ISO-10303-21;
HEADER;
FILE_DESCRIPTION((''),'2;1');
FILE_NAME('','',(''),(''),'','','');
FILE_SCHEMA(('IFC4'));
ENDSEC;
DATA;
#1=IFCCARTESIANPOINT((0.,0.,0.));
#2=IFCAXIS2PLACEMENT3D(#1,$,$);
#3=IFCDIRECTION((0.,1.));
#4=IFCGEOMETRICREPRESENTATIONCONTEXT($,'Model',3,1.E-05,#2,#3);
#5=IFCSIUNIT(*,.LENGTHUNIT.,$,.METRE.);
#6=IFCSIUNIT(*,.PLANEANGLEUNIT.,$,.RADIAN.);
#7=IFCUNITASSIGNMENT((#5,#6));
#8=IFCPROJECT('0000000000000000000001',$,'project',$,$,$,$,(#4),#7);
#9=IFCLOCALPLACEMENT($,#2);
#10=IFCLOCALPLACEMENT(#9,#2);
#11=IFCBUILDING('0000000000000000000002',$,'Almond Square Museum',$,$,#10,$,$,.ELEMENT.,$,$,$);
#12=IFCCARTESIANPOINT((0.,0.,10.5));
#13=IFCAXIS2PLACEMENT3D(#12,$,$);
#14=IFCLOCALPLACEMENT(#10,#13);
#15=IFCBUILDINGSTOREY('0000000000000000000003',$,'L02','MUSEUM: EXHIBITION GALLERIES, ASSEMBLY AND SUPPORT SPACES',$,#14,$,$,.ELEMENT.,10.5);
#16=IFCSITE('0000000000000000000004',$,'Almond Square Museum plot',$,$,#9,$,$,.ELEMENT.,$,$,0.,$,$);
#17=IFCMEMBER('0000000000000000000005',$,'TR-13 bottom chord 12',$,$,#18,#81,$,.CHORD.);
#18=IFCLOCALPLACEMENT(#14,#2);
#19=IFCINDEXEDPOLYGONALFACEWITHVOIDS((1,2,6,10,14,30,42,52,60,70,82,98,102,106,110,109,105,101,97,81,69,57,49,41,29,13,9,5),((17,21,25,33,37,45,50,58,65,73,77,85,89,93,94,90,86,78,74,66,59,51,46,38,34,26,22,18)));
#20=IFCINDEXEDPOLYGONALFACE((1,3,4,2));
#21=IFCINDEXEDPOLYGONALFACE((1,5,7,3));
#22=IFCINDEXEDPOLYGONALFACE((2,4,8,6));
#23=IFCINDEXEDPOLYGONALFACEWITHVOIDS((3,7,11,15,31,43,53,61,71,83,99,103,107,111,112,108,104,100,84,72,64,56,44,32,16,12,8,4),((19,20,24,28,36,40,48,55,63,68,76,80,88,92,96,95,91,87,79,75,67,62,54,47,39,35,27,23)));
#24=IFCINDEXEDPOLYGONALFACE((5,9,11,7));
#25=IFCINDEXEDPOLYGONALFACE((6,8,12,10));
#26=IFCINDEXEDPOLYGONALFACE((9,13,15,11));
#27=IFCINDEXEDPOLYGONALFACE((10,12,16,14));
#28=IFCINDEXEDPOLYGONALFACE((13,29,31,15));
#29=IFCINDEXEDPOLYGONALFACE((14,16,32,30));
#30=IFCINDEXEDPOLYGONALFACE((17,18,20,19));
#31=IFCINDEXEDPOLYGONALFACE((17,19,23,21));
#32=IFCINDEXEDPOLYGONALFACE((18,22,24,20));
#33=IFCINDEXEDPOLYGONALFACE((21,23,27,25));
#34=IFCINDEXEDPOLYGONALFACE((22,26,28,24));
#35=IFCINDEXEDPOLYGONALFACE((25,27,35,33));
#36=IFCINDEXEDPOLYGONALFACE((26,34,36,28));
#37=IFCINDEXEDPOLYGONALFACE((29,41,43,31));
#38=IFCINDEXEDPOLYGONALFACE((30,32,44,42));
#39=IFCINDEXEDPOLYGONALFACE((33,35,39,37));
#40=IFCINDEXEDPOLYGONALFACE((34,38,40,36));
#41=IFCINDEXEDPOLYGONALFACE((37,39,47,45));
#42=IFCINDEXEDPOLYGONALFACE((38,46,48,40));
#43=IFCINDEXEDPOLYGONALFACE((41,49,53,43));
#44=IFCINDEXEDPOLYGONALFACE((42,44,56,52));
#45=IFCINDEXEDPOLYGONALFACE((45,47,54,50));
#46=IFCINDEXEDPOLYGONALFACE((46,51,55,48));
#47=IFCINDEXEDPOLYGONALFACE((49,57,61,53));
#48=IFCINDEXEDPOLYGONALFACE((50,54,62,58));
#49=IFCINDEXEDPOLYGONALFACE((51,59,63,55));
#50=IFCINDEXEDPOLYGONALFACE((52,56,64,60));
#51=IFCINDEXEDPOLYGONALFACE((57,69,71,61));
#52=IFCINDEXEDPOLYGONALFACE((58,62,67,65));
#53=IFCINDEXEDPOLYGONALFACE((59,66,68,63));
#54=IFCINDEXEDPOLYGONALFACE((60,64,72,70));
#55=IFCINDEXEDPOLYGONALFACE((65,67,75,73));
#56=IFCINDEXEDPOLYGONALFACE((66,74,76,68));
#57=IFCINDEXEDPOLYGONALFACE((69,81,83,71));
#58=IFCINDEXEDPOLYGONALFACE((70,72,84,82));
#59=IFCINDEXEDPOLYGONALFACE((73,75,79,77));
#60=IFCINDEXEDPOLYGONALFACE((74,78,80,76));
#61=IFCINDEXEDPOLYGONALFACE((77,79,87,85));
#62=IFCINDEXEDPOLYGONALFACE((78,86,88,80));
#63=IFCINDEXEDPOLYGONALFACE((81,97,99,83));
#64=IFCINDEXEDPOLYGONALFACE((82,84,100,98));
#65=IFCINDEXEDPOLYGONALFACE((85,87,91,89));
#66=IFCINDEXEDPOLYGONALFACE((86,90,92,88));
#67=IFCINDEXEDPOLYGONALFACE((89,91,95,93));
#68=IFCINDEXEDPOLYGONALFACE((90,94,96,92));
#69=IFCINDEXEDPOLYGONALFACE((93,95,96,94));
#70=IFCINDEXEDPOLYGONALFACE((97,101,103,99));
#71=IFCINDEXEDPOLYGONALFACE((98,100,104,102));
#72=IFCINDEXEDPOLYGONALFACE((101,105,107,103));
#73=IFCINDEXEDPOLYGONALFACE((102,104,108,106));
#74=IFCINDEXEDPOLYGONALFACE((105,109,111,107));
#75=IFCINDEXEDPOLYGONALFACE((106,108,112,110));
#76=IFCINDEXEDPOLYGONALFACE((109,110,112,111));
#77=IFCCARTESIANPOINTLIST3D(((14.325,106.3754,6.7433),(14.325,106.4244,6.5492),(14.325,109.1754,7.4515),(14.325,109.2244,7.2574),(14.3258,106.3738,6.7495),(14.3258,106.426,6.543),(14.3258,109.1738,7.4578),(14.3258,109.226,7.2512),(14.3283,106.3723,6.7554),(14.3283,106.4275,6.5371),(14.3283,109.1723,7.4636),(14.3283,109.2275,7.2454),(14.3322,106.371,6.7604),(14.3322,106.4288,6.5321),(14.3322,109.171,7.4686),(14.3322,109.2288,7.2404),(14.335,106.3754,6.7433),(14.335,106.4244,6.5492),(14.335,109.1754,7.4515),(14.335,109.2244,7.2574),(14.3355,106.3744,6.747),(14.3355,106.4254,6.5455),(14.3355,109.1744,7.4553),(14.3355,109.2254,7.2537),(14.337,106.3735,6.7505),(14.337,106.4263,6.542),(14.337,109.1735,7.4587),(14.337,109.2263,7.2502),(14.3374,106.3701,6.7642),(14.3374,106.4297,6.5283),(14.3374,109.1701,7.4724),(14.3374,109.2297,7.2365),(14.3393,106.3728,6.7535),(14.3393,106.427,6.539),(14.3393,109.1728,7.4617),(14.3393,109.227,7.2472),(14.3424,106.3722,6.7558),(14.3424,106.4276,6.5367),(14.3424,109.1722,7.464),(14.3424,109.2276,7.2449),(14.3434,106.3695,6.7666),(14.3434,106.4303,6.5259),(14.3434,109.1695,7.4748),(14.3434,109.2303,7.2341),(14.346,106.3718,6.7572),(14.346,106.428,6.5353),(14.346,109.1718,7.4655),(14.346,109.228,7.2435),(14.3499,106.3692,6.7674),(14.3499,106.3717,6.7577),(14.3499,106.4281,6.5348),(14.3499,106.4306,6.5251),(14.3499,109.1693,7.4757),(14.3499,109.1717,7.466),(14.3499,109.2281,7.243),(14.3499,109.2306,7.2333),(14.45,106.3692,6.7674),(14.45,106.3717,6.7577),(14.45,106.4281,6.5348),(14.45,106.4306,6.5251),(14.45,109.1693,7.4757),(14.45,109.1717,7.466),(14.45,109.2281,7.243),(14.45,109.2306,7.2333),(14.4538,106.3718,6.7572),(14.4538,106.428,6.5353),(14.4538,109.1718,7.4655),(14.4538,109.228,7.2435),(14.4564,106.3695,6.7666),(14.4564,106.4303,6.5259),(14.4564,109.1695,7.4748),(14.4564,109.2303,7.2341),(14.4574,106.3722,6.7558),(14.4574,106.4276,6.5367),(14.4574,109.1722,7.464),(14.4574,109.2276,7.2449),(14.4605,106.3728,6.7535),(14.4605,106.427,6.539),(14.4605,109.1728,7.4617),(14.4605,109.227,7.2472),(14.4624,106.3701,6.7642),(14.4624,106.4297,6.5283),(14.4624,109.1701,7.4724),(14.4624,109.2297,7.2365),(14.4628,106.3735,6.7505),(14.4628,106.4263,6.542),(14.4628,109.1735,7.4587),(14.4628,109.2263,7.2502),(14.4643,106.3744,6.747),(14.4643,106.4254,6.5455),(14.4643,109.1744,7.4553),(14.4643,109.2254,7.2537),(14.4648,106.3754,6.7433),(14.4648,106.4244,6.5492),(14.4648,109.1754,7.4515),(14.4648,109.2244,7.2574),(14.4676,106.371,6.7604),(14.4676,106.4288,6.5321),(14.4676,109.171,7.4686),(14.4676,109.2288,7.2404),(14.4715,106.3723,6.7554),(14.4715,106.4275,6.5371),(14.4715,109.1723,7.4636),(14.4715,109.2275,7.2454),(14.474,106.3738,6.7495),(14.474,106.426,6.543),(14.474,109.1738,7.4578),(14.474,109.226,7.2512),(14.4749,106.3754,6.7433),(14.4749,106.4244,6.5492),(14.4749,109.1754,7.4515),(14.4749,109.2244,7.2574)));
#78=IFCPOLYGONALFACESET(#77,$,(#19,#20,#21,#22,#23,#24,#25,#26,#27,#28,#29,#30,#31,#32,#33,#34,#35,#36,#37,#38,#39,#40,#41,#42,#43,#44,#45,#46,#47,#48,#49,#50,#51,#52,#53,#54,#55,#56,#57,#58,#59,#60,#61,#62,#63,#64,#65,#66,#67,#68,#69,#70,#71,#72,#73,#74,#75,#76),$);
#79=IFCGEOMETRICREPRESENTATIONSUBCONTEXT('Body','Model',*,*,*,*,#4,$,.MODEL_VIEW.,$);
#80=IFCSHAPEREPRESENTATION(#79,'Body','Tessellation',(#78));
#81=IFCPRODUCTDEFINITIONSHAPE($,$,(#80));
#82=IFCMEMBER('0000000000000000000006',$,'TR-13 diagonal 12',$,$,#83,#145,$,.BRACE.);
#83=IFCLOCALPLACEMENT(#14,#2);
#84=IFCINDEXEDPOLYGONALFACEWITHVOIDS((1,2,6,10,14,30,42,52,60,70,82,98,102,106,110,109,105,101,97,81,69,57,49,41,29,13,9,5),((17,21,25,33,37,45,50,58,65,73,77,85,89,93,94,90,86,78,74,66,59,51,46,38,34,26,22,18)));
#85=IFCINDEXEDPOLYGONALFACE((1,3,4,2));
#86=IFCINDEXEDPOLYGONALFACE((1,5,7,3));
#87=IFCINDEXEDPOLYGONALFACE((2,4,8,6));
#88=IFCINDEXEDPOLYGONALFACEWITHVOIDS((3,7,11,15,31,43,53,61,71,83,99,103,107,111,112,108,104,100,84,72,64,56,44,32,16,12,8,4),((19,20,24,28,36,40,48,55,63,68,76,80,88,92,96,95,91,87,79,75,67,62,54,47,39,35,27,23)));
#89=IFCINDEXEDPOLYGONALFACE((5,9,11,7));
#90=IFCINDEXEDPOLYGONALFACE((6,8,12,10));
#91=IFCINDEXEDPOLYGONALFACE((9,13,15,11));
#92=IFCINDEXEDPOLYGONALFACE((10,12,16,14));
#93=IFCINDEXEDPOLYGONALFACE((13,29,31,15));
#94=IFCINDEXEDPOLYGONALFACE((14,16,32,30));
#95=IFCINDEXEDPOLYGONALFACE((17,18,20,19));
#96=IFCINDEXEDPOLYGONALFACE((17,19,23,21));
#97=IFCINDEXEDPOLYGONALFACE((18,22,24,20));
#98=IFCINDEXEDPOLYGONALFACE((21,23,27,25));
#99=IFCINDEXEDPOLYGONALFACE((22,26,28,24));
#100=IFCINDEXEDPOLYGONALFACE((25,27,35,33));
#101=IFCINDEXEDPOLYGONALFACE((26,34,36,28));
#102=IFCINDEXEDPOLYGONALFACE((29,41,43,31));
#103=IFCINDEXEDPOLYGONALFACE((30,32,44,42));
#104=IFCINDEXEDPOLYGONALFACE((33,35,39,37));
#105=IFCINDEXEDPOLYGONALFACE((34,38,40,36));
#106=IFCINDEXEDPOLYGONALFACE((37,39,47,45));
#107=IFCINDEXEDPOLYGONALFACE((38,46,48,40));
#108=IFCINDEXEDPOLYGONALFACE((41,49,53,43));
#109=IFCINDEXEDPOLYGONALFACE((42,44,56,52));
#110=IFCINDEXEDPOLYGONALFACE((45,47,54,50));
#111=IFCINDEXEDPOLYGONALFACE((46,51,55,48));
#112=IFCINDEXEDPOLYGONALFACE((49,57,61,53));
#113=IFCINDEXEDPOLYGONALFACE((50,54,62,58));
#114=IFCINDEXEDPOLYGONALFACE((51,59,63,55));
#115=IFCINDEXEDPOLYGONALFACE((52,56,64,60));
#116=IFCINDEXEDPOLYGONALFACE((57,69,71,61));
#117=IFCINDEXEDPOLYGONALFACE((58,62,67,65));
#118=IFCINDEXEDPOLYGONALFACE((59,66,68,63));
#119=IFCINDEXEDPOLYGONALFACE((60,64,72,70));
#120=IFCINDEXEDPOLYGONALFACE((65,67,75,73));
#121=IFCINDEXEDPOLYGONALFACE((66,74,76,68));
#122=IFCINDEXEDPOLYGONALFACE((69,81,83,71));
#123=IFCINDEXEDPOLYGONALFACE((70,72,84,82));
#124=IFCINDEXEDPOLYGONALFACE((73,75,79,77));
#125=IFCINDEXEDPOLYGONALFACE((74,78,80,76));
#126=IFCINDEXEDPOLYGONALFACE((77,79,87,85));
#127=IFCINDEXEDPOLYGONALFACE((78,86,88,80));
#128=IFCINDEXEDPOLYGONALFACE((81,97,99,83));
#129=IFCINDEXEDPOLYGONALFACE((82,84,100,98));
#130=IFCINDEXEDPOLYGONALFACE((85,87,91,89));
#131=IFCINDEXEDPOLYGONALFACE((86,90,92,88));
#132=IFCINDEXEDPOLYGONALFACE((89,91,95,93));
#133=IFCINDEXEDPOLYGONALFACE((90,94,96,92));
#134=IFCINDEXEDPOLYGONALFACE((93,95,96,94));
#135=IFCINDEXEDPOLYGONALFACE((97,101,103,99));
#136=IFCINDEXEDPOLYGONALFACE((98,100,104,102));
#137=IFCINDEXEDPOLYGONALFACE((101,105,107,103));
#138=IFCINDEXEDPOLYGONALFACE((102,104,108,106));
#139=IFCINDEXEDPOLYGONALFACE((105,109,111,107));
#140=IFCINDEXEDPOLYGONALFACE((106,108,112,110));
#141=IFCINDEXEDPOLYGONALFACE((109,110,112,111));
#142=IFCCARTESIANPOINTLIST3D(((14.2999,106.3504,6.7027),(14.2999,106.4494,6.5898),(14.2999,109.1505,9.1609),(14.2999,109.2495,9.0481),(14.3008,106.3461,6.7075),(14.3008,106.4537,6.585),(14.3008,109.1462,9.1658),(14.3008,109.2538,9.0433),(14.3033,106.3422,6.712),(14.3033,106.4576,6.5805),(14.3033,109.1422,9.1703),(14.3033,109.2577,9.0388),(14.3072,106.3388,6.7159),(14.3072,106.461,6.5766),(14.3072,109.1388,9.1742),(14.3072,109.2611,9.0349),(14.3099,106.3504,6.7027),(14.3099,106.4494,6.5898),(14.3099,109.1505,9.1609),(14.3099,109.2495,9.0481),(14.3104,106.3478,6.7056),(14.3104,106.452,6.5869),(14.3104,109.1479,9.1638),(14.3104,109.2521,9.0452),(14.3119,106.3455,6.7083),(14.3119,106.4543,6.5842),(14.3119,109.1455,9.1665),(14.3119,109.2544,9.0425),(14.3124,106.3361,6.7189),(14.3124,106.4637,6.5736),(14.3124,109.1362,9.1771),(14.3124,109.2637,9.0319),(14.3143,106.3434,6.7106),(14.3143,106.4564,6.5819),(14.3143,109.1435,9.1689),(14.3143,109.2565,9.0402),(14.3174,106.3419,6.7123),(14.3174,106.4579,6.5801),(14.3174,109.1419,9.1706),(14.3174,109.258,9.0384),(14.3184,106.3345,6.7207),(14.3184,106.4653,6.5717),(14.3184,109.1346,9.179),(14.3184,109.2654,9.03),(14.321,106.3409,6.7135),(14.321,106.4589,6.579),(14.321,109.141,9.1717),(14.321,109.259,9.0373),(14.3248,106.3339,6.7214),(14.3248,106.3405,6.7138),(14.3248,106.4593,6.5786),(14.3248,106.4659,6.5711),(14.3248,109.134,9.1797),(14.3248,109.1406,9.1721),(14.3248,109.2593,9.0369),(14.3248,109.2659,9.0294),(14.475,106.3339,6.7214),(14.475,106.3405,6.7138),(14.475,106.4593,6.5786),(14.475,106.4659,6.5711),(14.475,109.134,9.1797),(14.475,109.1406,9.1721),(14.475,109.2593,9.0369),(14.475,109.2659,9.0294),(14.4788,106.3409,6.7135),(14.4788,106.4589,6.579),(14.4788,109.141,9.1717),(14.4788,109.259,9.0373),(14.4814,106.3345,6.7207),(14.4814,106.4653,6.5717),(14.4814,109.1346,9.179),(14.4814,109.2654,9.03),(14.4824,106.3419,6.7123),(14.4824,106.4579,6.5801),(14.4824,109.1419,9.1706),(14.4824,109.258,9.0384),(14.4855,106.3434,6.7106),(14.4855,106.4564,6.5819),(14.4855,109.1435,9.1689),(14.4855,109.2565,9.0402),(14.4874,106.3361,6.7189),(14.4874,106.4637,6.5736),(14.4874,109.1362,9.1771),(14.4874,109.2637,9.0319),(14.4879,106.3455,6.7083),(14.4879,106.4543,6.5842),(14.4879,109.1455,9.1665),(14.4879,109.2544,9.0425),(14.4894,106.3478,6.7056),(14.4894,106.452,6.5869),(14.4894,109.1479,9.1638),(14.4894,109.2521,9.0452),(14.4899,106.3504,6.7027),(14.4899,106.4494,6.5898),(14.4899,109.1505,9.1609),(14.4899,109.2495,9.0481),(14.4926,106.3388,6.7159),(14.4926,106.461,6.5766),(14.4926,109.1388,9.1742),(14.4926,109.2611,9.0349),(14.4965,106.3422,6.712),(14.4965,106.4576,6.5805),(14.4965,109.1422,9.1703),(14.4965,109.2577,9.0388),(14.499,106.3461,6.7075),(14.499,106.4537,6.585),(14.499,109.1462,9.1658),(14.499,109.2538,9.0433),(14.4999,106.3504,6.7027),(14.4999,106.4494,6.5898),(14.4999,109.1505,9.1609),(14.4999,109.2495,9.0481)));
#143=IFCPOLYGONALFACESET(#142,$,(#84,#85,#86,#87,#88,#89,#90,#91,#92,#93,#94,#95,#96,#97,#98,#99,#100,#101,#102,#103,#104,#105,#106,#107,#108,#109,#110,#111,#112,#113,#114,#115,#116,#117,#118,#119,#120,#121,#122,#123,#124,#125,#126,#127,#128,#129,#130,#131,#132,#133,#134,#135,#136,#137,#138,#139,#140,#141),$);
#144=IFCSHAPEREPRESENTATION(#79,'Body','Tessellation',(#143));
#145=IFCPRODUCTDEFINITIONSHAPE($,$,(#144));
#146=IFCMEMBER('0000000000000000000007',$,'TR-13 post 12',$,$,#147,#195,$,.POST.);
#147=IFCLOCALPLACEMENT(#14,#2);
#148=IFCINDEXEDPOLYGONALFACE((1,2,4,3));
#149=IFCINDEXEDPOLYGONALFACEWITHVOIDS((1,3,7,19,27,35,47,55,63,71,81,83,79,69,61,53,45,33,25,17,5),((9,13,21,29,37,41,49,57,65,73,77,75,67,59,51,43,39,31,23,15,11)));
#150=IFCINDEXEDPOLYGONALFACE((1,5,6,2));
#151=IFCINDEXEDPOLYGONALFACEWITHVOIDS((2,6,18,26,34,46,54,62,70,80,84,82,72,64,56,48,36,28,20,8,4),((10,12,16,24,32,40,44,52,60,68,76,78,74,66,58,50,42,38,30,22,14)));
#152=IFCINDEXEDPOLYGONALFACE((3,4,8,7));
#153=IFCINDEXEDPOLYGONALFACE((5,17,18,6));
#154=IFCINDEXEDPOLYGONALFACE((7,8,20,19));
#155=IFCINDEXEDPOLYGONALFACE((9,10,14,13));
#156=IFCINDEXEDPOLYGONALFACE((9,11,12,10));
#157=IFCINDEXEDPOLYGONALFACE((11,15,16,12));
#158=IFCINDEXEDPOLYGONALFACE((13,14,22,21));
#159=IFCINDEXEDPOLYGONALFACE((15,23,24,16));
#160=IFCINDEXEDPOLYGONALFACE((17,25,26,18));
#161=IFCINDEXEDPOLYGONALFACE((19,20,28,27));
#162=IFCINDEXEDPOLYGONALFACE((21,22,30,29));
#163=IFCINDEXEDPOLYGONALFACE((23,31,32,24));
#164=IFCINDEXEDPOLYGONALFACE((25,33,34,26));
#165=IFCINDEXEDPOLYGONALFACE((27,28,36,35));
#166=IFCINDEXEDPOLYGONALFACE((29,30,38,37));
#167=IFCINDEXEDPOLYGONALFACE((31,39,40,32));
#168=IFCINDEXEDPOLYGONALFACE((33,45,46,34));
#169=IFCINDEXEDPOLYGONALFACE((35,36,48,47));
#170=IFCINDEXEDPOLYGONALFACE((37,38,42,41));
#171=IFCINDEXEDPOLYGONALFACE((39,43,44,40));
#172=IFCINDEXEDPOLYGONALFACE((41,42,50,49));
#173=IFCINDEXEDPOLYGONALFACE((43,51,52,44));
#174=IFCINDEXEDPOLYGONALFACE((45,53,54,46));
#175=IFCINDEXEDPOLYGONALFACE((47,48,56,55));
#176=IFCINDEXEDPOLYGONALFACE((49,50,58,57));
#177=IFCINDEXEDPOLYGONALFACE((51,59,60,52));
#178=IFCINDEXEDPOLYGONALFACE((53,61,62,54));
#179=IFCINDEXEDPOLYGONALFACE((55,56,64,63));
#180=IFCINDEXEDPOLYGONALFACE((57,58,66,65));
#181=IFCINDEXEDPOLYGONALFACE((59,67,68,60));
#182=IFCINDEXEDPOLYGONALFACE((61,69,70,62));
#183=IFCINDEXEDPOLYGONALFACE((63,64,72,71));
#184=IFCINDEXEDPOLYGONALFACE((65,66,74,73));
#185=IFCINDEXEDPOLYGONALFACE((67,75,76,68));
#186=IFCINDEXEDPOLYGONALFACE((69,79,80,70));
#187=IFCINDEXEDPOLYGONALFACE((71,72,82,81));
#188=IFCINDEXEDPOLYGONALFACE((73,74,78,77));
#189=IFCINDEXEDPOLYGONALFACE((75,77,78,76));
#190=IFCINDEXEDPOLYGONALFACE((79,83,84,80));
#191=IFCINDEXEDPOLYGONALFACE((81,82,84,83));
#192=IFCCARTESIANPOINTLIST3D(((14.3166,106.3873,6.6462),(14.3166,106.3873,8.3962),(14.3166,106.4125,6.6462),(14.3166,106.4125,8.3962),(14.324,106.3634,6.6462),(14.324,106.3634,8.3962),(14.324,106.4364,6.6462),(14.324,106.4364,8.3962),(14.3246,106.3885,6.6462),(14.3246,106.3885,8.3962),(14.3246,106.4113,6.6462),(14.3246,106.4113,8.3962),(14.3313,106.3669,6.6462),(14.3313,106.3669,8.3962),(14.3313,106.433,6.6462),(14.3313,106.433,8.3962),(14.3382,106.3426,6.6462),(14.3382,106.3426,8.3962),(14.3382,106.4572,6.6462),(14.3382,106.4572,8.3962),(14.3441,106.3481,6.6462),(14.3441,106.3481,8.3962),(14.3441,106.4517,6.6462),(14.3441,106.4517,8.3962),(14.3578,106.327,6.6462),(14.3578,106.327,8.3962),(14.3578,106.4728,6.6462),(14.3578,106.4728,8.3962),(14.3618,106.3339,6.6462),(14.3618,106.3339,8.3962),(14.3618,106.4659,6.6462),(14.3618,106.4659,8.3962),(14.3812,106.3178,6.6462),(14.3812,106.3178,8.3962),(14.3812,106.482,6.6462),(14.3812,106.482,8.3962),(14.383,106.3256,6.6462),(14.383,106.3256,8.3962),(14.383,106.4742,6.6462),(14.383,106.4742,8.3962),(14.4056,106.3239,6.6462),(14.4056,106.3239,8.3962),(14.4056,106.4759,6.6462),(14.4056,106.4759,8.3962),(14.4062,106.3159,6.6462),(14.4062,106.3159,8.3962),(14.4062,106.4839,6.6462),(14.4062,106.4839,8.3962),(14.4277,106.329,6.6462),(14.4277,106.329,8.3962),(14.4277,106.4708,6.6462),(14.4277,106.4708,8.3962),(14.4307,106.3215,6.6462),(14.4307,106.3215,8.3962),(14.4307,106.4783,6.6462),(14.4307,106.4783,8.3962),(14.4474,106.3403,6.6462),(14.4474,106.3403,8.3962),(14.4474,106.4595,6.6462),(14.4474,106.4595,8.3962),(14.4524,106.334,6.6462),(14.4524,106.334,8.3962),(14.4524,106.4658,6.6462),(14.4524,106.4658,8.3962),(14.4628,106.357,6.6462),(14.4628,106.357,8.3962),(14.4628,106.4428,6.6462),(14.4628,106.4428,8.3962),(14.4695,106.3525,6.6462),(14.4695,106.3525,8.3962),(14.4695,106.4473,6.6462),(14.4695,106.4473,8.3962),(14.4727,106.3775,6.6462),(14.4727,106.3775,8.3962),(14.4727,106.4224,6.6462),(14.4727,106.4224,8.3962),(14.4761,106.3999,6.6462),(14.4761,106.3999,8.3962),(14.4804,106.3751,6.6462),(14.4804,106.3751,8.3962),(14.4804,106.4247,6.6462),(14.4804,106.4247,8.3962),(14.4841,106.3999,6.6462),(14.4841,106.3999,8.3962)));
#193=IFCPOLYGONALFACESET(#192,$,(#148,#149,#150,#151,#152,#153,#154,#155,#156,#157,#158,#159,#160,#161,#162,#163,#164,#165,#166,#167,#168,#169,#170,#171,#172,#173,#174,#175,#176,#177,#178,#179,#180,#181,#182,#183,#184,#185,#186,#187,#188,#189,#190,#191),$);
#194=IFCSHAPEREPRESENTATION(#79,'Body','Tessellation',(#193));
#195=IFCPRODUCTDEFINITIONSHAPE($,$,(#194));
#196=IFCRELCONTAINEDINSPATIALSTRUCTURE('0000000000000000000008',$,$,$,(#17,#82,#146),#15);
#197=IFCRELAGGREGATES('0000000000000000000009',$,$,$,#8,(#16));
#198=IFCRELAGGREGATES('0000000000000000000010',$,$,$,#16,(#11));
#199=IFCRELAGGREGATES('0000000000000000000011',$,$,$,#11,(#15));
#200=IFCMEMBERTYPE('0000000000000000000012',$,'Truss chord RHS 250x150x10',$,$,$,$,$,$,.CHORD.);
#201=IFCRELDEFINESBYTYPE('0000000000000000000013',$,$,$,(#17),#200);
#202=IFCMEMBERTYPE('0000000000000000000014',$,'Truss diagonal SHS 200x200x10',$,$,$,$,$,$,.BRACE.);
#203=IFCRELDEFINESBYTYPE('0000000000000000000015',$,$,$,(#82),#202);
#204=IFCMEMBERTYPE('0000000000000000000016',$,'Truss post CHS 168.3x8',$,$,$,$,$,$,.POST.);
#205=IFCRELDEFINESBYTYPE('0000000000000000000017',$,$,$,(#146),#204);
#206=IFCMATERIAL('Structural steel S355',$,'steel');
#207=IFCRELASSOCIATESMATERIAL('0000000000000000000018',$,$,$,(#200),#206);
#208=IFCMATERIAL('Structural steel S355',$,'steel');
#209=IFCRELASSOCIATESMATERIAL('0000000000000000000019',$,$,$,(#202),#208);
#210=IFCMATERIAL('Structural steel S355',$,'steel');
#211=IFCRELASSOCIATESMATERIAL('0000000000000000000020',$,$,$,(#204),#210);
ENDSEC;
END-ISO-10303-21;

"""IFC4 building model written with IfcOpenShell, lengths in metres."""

from ifc_helpers import new_model, si_unit, direction, frame, origin, origin_2d, place, context, subcontext, project, spatial, hollow_rectangle, hollow_circle, extrude, material, material_profile, profile_set, type_object, element, save


model = new_model("IFC4")

# Units and contexts
model_context = context("Model", 3, precision=1e-05, world=origin(), true_north=direction((0.0, 1.0)))
body_context = subcontext(model_context, "Body", "Model", "MODEL_VIEW")
ifc_project = project(units=[si_unit("LENGTHUNIT", "METRE"), si_unit("PLANEANGLEUNIT", "RADIAN")], contexts=[model_context])

# Site, building, storey
site_placement = place(None, origin())
site = spatial("IfcSite", under=ifc_project, at=site_placement, Name="Almond Square Museum plot", CompositionType="ELEMENT", RefElevation=0.0)
building_placement = place(site_placement, origin())
building = spatial("IfcBuilding", under=site, at=building_placement, Name="Almond Square Museum", CompositionType="ELEMENT")
storey_placement = place(building_placement, frame((0.0, 0.0, 10.5)))
storey = spatial("IfcBuildingStorey", under=building, at=storey_placement, Name="L02", Description="MUSEUM: EXHIBITION GALLERIES, ASSEMBLY AND SUPPORT SPACES", CompositionType="ELEMENT", Elevation=10.5)

# Members
ifc_material_1 = material(Name="Structural steel S355", Category="steel")
ifc_material_profile_1 = material_profile(ifc_material_1, hollow_rectangle(XDim=0.1499, YDim=0.25, WallThickness=0.01, InnerFilletRadius=0.0149, OuterFilletRadius=0.0249, at=origin_2d()))
ifc_profile_set_1 = profile_set([ifc_material_profile_1], Name="Structural steel S355")
member_type_1 = type_object("IfcMemberType", Name="Truss chord RHS 250x150x10", PredefinedType="CHORD", material=ifc_profile_set_1)
member_1_placement = place(storey_placement, frame((14.3999, 106.3999, 6.6462), z_axis=(0.0, 0.969468, 0.24522), x_axis=(-1.0, 0.0, 0.0)))
element("IfcMember", 1, at=member_1_placement, inside=storey, type_object=member_type_1, Name="TR-13 bottom chord 12", PredefinedType="CHORD", context=body_context, shape_type="SweptSolid", body=[
    extrude(hollow_rectangle(XDim=0.1499, YDim=0.25, WallThickness=0.01, InnerFilletRadius=0.0149, OuterFilletRadius=0.0249, at=origin_2d()), origin(), (0.0, 0.0, 1.0), 2.8882),
])
ifc_material_2 = material(Name="Structural steel S355", Category="steel")
ifc_material_profile_2 = material_profile(ifc_material_2, hollow_rectangle(XDim=0.2, YDim=0.2, WallThickness=0.01, InnerFilletRadius=0.0149, OuterFilletRadius=0.0249, at=origin_2d()))
ifc_profile_set_2 = profile_set([ifc_material_profile_2], Name="Structural steel S355")
member_type_2 = type_object("IfcMemberType", Name="Truss diagonal SHS 200x200x10", PredefinedType="BRACE", material=ifc_profile_set_2)
member_2_placement = place(storey_placement, frame((14.3999, 106.3999, 6.6462), z_axis=(0.0, 0.751484, 0.659752), x_axis=(-1.0, 0.0, 0.0)))
element("IfcMember", 2, at=member_2_placement, inside=storey, type_object=member_type_2, Name="TR-13 diagonal 12", PredefinedType="BRACE", context=body_context, shape_type="SweptSolid", body=[
    extrude(hollow_rectangle(XDim=0.2, YDim=0.2, WallThickness=0.01, InnerFilletRadius=0.0149, OuterFilletRadius=0.0249, at=origin_2d()), origin(), (0.0, 0.0, 1.0), 3.7261),
])
ifc_material_3 = material(Name="Structural steel S355", Category="steel")
ifc_material_profile_3 = material_profile(ifc_material_3, hollow_circle(Radius=0.0842, WallThickness=0.0081, at=origin_2d()))
ifc_profile_set_3 = profile_set([ifc_material_profile_3], Name="Structural steel S355")
member_type_3 = type_object("IfcMemberType", Name="Truss post CHS 168.3x8", PredefinedType="POST", material=ifc_profile_set_3)
member_3_placement = place(storey_placement, frame((14.3999, 106.3999, 6.6462), z_axis=(0.0, 0.0, 1.0), x_axis=(1.0, 0.0, 0.0)))
element("IfcMember", 3, at=member_3_placement, inside=storey, type_object=member_type_3, Name="TR-13 post 12", PredefinedType="POST", context=body_context, shape_type="SweptSolid", body=[
    extrude(hollow_circle(Radius=0.0842, WallThickness=0.0081, at=origin_2d()), origin(), (0.0, 0.0, 1.0), 1.75),
])

save(model, "model.ifc")
